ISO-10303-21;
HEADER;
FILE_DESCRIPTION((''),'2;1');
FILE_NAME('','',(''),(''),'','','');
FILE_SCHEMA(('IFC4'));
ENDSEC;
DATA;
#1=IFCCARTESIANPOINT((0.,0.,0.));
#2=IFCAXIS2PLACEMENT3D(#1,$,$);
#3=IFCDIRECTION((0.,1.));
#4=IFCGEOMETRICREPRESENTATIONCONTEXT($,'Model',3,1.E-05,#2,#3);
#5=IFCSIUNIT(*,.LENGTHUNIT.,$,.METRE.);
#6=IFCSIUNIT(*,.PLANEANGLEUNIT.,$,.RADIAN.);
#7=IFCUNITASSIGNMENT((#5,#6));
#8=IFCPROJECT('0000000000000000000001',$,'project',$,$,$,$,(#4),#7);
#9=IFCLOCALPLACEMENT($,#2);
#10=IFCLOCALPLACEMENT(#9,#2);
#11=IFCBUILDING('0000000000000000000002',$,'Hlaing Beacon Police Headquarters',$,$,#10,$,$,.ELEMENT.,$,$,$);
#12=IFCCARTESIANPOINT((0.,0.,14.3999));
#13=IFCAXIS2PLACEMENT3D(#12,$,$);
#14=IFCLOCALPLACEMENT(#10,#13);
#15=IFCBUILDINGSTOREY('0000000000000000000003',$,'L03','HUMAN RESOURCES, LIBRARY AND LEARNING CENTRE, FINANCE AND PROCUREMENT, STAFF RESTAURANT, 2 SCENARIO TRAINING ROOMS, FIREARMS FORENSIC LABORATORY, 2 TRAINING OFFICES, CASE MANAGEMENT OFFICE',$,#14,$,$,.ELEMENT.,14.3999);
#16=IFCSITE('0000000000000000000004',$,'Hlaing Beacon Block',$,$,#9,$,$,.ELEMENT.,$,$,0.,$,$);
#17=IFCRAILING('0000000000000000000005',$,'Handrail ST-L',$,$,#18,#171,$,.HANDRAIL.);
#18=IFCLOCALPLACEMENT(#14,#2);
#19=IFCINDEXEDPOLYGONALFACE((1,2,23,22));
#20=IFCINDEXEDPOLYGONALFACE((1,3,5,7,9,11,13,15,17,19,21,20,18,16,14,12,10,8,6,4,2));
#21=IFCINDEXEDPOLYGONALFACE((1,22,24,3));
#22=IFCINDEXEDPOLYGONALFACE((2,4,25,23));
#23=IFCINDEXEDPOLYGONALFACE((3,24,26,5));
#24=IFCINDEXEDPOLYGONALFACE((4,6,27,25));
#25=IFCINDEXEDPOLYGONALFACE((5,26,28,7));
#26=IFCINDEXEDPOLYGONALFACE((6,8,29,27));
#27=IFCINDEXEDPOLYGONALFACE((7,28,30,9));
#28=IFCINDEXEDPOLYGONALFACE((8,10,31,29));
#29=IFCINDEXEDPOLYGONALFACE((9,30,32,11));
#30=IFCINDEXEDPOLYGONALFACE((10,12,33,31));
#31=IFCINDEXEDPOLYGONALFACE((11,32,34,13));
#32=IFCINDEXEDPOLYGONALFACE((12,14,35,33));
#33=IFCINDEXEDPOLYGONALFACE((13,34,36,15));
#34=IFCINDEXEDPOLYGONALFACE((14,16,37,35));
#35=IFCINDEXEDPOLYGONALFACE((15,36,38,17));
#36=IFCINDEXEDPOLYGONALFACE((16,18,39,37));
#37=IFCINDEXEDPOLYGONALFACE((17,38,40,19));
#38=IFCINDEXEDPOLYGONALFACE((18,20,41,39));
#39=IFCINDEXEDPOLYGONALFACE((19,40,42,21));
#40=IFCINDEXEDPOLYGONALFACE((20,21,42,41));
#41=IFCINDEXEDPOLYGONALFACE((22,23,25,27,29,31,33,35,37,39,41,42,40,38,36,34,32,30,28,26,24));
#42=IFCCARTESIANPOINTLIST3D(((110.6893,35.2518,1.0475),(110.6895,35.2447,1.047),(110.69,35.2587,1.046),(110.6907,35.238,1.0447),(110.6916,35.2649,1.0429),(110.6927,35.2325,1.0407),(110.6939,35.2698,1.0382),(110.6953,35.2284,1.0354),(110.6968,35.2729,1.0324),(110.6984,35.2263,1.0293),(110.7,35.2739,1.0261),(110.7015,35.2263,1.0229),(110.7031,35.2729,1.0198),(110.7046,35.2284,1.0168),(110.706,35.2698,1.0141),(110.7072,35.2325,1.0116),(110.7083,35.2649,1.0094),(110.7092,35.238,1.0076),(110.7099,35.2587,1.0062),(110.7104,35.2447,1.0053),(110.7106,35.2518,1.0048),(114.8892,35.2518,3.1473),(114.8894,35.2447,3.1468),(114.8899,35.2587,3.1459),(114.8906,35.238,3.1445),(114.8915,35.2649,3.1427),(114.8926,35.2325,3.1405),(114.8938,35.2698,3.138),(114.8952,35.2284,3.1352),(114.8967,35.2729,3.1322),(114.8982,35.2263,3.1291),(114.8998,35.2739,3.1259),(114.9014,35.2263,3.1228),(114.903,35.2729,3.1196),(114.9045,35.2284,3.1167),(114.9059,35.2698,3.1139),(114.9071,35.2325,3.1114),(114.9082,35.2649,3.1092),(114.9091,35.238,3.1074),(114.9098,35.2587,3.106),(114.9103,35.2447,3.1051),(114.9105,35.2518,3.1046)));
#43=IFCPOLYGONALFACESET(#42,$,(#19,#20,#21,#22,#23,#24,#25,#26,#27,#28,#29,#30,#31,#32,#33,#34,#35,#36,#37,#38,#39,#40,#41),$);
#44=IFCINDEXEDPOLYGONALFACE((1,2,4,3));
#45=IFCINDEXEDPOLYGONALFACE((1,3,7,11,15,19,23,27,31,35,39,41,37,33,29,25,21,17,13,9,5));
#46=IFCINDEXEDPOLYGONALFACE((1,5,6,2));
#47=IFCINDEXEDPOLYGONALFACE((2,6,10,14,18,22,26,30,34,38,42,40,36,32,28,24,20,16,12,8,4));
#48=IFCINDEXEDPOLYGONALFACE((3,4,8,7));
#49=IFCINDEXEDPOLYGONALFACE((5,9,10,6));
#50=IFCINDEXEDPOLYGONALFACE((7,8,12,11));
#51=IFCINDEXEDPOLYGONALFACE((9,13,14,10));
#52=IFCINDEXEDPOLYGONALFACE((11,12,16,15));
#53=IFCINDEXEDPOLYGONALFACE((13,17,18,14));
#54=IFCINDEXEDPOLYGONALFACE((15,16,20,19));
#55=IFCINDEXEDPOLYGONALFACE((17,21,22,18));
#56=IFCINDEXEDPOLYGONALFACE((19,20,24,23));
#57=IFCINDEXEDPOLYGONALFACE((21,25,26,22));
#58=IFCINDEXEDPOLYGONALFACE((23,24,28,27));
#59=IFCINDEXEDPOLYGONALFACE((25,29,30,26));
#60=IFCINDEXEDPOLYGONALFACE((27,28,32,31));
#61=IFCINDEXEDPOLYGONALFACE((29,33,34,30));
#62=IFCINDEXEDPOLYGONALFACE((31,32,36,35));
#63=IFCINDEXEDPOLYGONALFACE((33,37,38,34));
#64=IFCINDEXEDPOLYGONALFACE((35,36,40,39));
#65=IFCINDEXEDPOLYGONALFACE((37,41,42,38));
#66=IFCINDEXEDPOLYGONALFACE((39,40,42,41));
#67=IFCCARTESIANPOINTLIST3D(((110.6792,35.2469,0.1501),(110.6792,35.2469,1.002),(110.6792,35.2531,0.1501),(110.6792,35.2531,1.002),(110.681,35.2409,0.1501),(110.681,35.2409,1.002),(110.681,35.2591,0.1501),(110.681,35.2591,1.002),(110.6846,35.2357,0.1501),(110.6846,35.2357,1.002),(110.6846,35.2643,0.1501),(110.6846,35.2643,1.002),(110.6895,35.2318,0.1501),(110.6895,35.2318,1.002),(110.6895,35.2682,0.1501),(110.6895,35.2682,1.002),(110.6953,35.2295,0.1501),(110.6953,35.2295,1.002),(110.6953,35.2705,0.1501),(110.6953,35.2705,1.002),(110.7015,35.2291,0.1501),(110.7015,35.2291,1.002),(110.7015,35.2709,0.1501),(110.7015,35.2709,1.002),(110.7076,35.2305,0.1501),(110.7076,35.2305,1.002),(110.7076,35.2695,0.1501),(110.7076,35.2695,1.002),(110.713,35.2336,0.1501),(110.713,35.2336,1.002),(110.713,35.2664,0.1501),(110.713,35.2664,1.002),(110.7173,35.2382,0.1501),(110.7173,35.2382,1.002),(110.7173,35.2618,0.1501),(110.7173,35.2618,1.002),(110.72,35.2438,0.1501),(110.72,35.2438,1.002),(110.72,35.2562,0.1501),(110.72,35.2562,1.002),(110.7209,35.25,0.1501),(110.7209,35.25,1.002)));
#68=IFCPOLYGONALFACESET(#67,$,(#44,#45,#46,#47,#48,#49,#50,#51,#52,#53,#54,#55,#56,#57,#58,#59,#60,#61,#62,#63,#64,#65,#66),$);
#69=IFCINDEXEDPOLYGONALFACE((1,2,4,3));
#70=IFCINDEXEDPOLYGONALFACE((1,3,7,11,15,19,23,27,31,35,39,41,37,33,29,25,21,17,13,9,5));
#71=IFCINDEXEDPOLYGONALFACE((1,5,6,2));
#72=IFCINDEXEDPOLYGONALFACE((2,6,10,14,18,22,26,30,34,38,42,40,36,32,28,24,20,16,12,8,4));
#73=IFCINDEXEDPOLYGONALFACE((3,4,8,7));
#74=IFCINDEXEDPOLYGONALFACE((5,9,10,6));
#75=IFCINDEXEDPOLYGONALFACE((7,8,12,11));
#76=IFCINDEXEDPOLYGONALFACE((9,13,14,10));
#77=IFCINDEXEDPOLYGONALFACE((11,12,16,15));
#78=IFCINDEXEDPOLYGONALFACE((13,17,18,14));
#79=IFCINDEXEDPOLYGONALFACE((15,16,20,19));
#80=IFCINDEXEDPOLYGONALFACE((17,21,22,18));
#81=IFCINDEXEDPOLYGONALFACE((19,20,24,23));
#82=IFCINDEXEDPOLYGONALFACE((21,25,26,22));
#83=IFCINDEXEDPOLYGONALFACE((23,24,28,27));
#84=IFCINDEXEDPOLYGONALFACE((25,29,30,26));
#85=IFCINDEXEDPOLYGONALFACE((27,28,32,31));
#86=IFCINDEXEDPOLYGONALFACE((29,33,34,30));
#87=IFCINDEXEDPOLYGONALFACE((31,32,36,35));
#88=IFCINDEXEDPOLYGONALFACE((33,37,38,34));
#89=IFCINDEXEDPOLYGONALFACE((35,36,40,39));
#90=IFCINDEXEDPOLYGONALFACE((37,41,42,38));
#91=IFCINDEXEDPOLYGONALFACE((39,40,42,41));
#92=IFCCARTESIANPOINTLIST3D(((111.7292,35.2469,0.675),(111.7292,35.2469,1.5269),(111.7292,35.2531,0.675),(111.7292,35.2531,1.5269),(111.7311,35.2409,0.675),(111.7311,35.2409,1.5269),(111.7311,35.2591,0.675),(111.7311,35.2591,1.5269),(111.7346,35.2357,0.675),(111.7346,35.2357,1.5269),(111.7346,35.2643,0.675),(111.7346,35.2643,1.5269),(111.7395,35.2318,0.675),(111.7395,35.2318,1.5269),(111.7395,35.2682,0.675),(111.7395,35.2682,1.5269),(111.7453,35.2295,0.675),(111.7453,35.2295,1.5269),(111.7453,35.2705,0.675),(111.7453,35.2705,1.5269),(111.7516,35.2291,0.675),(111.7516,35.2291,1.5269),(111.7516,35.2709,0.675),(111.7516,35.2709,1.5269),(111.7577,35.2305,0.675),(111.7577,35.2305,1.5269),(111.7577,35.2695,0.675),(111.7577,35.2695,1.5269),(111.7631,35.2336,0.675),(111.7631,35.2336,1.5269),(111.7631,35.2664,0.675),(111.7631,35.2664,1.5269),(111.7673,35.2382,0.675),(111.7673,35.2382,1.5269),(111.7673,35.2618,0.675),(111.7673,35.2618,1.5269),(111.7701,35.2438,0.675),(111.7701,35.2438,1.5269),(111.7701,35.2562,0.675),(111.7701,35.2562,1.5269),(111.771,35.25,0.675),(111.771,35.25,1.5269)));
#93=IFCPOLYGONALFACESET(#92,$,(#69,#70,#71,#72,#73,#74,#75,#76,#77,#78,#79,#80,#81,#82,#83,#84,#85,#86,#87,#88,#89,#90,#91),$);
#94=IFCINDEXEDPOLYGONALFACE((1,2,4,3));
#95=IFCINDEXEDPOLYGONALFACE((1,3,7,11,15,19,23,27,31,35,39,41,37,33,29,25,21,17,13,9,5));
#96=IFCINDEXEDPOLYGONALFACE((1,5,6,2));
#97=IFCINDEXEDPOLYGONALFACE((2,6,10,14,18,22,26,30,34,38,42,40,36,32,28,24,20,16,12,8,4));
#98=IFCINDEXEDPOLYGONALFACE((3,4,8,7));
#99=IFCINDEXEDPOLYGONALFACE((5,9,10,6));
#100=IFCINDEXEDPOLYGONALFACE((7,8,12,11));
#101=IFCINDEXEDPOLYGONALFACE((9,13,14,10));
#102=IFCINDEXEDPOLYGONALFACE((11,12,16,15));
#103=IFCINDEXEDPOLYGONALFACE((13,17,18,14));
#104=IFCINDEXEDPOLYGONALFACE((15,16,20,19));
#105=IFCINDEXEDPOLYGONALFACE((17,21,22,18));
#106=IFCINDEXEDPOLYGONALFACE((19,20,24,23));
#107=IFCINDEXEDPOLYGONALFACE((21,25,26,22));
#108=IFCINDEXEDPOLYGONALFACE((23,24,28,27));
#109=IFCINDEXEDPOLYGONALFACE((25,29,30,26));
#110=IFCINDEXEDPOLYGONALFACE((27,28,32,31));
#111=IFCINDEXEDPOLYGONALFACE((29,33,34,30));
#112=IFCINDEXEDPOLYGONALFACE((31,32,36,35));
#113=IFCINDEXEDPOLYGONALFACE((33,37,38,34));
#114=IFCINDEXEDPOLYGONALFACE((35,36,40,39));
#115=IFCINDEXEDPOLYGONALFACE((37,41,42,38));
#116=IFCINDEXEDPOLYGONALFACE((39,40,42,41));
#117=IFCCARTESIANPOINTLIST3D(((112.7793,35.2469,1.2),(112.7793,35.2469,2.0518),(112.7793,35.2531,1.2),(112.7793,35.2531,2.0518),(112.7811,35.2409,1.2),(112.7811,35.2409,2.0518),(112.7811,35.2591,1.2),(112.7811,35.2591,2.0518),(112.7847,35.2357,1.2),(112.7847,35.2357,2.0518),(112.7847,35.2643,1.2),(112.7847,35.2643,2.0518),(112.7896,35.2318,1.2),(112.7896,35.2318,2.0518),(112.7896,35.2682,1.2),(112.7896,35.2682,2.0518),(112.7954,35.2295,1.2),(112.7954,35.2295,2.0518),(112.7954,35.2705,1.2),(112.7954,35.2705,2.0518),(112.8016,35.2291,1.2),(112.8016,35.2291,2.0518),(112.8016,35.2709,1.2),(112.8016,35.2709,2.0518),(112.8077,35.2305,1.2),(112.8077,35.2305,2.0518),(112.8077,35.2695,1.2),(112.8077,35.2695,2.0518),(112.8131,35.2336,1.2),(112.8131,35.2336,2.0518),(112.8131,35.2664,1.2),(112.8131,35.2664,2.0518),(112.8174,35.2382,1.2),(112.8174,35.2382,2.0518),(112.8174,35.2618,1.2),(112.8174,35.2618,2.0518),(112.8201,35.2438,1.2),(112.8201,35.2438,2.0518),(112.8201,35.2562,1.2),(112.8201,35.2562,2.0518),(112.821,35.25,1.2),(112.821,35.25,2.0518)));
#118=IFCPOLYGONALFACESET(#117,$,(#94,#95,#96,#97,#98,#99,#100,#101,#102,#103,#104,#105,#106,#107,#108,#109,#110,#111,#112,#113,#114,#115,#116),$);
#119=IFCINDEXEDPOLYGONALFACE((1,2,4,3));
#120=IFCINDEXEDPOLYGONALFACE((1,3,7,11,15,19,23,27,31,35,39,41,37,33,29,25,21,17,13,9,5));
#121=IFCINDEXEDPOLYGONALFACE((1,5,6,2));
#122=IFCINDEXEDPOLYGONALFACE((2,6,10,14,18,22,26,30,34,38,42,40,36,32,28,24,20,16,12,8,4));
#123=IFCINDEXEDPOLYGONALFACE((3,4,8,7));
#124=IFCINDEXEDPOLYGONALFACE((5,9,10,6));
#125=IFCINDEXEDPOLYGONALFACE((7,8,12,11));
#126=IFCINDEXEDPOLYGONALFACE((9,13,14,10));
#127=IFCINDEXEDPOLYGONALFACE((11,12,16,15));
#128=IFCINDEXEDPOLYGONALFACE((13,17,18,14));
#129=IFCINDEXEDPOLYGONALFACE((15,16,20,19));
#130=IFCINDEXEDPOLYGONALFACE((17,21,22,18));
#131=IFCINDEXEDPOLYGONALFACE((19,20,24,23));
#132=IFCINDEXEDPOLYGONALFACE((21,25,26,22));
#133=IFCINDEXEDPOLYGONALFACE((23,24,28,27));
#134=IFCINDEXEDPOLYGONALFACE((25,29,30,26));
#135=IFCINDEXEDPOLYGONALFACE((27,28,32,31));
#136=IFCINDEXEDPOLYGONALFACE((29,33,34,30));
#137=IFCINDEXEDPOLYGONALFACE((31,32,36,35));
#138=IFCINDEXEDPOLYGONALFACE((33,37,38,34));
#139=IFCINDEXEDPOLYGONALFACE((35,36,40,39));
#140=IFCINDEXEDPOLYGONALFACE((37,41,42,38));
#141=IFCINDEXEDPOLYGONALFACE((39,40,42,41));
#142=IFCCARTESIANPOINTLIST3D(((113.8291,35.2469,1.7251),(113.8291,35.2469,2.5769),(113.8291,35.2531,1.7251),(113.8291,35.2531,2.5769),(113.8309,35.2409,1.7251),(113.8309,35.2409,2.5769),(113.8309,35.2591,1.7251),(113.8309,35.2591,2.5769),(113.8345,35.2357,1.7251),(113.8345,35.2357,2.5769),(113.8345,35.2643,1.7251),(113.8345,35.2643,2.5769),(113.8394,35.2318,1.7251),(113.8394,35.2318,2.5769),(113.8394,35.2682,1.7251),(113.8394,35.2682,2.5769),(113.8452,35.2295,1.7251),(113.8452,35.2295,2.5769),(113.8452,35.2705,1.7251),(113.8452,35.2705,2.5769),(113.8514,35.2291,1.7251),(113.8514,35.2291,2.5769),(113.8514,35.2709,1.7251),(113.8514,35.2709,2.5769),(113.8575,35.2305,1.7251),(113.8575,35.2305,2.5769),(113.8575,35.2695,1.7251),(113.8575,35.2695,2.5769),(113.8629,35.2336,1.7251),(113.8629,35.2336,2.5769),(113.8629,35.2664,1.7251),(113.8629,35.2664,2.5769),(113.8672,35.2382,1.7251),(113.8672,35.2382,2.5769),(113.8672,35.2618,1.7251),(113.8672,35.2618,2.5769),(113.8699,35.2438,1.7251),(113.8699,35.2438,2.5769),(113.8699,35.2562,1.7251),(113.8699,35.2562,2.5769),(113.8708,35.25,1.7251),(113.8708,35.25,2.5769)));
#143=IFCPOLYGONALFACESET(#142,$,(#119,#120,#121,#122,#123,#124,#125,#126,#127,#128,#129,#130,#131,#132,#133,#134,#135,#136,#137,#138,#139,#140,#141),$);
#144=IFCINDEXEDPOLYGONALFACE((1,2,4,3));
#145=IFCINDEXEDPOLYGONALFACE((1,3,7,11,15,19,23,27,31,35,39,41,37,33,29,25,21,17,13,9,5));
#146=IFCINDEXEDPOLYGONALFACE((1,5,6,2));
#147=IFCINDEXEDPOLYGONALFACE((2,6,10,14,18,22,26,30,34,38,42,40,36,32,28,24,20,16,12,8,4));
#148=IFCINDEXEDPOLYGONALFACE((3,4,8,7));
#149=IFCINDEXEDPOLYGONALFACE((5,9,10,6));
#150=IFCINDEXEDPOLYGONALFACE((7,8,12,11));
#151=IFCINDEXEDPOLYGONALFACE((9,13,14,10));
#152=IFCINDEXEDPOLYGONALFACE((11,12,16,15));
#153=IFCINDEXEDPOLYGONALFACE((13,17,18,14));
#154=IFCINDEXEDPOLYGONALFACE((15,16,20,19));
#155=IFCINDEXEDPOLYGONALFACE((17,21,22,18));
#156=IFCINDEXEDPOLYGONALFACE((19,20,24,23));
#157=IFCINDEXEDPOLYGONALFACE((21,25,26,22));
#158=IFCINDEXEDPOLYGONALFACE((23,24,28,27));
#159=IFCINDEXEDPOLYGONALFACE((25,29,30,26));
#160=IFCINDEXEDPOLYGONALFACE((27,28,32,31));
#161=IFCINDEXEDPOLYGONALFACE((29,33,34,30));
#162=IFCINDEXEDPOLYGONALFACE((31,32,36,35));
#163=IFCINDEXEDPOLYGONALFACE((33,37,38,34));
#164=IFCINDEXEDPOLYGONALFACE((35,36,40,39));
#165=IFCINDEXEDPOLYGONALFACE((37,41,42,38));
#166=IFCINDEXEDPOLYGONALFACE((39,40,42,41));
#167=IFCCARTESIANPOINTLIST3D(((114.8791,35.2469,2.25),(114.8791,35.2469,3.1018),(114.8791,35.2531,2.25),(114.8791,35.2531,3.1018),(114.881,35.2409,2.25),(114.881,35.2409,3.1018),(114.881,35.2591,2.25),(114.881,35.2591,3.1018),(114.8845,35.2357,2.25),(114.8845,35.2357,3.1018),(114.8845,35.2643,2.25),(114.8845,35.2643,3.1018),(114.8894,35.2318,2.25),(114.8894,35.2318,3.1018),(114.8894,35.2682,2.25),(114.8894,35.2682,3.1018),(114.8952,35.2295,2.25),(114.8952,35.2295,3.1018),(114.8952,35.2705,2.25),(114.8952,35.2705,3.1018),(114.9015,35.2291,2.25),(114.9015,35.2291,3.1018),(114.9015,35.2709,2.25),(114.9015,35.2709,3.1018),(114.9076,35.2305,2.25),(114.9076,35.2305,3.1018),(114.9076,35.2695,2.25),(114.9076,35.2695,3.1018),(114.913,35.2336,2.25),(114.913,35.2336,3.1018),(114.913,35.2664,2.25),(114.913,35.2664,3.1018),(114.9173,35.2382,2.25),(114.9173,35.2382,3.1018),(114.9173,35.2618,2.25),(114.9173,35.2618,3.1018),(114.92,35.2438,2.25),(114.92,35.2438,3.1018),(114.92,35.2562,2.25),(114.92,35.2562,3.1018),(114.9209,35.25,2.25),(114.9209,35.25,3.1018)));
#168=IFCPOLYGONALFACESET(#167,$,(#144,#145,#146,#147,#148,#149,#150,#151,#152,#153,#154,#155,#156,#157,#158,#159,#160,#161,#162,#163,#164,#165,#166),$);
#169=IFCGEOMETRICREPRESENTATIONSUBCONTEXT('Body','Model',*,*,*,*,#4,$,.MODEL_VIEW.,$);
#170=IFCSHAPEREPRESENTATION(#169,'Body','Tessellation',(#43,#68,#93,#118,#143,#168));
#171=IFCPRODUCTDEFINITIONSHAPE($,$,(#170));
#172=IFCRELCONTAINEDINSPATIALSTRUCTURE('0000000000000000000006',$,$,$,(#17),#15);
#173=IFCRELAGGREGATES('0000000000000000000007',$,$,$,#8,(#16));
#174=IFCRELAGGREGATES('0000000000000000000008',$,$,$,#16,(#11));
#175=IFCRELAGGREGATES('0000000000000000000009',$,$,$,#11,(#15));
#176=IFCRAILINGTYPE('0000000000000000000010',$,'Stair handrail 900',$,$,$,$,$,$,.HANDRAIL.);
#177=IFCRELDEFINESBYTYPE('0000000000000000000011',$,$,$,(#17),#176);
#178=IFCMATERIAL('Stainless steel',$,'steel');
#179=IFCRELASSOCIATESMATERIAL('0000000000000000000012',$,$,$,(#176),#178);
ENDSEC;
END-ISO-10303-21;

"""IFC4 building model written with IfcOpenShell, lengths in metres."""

from ifc_helpers import new_model, si_unit, direction, frame, origin, origin_2d, place, context, subcontext, project, spatial, circle, extrude, material, type_object, element, save


model = new_model("IFC4")

# Units and contexts
model_context = context("Model", 3, precision=1e-05, world=origin(), true_north=direction((0.0, 1.0)))
body_context = subcontext(model_context, "Body", "Model", "MODEL_VIEW")
ifc_project = project(units=[si_unit("LENGTHUNIT", "METRE"), si_unit("PLANEANGLEUNIT", "RADIAN")], contexts=[model_context])

# Site, building, storey
site_placement = place(None, origin())
site = spatial("IfcSite", under=ifc_project, at=site_placement, Name="Hlaing Beacon Block", CompositionType="ELEMENT", RefElevation=0.0)
building_placement = place(site_placement, origin())
building = spatial("IfcBuilding", under=site, at=building_placement, Name="Hlaing Beacon Police Headquarters", CompositionType="ELEMENT")
storey_placement = place(building_placement, frame((0.0, 0.0, 14.3999)))
storey = spatial("IfcBuildingStorey", under=building, at=storey_placement, Name="L03", Description="HUMAN RESOURCES, LIBRARY AND LEARNING CENTRE, FINANCE AND PROCUREMENT, STAFF RESTAURANT, 2 SCENARIO TRAINING ROOMS, FIREARMS FORENSIC LABORATORY, 2 TRAINING OFFICES, CASE MANAGEMENT OFFICE", CompositionType="ELEMENT", Elevation=14.3999)

# Railing
ifc_material_1 = material(Name="Stainless steel", Category="steel")
railing_type_1 = type_object("IfcRailingType", Name="Stair handrail 900", PredefinedType="HANDRAIL", material=ifc_material_1)
for number, where, name in (
    (1, (110.7, 35.25, 0.1501), "Handrail ST-L"),
):
    element("IfcRailing", number, at=place(storey_placement, frame(where)), inside=storey, type_object=railing_type_1, Name=name, PredefinedType="HANDRAIL", context=body_context, shape_type="SweptSolid", body=[
        extrude(circle(Radius=0.0239, at=origin_2d()), frame((0.0, 0.0, 0.876), z_axis=(0.894438, 0.0, 0.447193), x_axis=(0.0, 1.0, 0.0)), (0.0, 0.0, 1.0), 4.6956),
        extrude(circle(Radius=0.021, at=origin_2d()), origin(), (0.0, 0.0, 1.0), 0.8518),
        extrude(circle(Radius=0.021, at=origin_2d()), frame((1.05, 0.0, 0.5249)), (0.0, 0.0, 1.0), 0.8518),
        extrude(circle(Radius=0.021, at=origin_2d()), frame((2.1001, 0.0, 1.0498)), (0.0, 0.0, 1.0), 0.8518),
        extrude(circle(Radius=0.021, at=origin_2d()), frame((3.1499, 0.0, 1.575)), (0.0, 0.0, 1.0), 0.8518),
        extrude(circle(Radius=0.021, at=origin_2d()), frame((4.2, 0.0, 2.0999)), (0.0, 0.0, 1.0), 0.8518),
    ])

save(model, "model.ifc")
